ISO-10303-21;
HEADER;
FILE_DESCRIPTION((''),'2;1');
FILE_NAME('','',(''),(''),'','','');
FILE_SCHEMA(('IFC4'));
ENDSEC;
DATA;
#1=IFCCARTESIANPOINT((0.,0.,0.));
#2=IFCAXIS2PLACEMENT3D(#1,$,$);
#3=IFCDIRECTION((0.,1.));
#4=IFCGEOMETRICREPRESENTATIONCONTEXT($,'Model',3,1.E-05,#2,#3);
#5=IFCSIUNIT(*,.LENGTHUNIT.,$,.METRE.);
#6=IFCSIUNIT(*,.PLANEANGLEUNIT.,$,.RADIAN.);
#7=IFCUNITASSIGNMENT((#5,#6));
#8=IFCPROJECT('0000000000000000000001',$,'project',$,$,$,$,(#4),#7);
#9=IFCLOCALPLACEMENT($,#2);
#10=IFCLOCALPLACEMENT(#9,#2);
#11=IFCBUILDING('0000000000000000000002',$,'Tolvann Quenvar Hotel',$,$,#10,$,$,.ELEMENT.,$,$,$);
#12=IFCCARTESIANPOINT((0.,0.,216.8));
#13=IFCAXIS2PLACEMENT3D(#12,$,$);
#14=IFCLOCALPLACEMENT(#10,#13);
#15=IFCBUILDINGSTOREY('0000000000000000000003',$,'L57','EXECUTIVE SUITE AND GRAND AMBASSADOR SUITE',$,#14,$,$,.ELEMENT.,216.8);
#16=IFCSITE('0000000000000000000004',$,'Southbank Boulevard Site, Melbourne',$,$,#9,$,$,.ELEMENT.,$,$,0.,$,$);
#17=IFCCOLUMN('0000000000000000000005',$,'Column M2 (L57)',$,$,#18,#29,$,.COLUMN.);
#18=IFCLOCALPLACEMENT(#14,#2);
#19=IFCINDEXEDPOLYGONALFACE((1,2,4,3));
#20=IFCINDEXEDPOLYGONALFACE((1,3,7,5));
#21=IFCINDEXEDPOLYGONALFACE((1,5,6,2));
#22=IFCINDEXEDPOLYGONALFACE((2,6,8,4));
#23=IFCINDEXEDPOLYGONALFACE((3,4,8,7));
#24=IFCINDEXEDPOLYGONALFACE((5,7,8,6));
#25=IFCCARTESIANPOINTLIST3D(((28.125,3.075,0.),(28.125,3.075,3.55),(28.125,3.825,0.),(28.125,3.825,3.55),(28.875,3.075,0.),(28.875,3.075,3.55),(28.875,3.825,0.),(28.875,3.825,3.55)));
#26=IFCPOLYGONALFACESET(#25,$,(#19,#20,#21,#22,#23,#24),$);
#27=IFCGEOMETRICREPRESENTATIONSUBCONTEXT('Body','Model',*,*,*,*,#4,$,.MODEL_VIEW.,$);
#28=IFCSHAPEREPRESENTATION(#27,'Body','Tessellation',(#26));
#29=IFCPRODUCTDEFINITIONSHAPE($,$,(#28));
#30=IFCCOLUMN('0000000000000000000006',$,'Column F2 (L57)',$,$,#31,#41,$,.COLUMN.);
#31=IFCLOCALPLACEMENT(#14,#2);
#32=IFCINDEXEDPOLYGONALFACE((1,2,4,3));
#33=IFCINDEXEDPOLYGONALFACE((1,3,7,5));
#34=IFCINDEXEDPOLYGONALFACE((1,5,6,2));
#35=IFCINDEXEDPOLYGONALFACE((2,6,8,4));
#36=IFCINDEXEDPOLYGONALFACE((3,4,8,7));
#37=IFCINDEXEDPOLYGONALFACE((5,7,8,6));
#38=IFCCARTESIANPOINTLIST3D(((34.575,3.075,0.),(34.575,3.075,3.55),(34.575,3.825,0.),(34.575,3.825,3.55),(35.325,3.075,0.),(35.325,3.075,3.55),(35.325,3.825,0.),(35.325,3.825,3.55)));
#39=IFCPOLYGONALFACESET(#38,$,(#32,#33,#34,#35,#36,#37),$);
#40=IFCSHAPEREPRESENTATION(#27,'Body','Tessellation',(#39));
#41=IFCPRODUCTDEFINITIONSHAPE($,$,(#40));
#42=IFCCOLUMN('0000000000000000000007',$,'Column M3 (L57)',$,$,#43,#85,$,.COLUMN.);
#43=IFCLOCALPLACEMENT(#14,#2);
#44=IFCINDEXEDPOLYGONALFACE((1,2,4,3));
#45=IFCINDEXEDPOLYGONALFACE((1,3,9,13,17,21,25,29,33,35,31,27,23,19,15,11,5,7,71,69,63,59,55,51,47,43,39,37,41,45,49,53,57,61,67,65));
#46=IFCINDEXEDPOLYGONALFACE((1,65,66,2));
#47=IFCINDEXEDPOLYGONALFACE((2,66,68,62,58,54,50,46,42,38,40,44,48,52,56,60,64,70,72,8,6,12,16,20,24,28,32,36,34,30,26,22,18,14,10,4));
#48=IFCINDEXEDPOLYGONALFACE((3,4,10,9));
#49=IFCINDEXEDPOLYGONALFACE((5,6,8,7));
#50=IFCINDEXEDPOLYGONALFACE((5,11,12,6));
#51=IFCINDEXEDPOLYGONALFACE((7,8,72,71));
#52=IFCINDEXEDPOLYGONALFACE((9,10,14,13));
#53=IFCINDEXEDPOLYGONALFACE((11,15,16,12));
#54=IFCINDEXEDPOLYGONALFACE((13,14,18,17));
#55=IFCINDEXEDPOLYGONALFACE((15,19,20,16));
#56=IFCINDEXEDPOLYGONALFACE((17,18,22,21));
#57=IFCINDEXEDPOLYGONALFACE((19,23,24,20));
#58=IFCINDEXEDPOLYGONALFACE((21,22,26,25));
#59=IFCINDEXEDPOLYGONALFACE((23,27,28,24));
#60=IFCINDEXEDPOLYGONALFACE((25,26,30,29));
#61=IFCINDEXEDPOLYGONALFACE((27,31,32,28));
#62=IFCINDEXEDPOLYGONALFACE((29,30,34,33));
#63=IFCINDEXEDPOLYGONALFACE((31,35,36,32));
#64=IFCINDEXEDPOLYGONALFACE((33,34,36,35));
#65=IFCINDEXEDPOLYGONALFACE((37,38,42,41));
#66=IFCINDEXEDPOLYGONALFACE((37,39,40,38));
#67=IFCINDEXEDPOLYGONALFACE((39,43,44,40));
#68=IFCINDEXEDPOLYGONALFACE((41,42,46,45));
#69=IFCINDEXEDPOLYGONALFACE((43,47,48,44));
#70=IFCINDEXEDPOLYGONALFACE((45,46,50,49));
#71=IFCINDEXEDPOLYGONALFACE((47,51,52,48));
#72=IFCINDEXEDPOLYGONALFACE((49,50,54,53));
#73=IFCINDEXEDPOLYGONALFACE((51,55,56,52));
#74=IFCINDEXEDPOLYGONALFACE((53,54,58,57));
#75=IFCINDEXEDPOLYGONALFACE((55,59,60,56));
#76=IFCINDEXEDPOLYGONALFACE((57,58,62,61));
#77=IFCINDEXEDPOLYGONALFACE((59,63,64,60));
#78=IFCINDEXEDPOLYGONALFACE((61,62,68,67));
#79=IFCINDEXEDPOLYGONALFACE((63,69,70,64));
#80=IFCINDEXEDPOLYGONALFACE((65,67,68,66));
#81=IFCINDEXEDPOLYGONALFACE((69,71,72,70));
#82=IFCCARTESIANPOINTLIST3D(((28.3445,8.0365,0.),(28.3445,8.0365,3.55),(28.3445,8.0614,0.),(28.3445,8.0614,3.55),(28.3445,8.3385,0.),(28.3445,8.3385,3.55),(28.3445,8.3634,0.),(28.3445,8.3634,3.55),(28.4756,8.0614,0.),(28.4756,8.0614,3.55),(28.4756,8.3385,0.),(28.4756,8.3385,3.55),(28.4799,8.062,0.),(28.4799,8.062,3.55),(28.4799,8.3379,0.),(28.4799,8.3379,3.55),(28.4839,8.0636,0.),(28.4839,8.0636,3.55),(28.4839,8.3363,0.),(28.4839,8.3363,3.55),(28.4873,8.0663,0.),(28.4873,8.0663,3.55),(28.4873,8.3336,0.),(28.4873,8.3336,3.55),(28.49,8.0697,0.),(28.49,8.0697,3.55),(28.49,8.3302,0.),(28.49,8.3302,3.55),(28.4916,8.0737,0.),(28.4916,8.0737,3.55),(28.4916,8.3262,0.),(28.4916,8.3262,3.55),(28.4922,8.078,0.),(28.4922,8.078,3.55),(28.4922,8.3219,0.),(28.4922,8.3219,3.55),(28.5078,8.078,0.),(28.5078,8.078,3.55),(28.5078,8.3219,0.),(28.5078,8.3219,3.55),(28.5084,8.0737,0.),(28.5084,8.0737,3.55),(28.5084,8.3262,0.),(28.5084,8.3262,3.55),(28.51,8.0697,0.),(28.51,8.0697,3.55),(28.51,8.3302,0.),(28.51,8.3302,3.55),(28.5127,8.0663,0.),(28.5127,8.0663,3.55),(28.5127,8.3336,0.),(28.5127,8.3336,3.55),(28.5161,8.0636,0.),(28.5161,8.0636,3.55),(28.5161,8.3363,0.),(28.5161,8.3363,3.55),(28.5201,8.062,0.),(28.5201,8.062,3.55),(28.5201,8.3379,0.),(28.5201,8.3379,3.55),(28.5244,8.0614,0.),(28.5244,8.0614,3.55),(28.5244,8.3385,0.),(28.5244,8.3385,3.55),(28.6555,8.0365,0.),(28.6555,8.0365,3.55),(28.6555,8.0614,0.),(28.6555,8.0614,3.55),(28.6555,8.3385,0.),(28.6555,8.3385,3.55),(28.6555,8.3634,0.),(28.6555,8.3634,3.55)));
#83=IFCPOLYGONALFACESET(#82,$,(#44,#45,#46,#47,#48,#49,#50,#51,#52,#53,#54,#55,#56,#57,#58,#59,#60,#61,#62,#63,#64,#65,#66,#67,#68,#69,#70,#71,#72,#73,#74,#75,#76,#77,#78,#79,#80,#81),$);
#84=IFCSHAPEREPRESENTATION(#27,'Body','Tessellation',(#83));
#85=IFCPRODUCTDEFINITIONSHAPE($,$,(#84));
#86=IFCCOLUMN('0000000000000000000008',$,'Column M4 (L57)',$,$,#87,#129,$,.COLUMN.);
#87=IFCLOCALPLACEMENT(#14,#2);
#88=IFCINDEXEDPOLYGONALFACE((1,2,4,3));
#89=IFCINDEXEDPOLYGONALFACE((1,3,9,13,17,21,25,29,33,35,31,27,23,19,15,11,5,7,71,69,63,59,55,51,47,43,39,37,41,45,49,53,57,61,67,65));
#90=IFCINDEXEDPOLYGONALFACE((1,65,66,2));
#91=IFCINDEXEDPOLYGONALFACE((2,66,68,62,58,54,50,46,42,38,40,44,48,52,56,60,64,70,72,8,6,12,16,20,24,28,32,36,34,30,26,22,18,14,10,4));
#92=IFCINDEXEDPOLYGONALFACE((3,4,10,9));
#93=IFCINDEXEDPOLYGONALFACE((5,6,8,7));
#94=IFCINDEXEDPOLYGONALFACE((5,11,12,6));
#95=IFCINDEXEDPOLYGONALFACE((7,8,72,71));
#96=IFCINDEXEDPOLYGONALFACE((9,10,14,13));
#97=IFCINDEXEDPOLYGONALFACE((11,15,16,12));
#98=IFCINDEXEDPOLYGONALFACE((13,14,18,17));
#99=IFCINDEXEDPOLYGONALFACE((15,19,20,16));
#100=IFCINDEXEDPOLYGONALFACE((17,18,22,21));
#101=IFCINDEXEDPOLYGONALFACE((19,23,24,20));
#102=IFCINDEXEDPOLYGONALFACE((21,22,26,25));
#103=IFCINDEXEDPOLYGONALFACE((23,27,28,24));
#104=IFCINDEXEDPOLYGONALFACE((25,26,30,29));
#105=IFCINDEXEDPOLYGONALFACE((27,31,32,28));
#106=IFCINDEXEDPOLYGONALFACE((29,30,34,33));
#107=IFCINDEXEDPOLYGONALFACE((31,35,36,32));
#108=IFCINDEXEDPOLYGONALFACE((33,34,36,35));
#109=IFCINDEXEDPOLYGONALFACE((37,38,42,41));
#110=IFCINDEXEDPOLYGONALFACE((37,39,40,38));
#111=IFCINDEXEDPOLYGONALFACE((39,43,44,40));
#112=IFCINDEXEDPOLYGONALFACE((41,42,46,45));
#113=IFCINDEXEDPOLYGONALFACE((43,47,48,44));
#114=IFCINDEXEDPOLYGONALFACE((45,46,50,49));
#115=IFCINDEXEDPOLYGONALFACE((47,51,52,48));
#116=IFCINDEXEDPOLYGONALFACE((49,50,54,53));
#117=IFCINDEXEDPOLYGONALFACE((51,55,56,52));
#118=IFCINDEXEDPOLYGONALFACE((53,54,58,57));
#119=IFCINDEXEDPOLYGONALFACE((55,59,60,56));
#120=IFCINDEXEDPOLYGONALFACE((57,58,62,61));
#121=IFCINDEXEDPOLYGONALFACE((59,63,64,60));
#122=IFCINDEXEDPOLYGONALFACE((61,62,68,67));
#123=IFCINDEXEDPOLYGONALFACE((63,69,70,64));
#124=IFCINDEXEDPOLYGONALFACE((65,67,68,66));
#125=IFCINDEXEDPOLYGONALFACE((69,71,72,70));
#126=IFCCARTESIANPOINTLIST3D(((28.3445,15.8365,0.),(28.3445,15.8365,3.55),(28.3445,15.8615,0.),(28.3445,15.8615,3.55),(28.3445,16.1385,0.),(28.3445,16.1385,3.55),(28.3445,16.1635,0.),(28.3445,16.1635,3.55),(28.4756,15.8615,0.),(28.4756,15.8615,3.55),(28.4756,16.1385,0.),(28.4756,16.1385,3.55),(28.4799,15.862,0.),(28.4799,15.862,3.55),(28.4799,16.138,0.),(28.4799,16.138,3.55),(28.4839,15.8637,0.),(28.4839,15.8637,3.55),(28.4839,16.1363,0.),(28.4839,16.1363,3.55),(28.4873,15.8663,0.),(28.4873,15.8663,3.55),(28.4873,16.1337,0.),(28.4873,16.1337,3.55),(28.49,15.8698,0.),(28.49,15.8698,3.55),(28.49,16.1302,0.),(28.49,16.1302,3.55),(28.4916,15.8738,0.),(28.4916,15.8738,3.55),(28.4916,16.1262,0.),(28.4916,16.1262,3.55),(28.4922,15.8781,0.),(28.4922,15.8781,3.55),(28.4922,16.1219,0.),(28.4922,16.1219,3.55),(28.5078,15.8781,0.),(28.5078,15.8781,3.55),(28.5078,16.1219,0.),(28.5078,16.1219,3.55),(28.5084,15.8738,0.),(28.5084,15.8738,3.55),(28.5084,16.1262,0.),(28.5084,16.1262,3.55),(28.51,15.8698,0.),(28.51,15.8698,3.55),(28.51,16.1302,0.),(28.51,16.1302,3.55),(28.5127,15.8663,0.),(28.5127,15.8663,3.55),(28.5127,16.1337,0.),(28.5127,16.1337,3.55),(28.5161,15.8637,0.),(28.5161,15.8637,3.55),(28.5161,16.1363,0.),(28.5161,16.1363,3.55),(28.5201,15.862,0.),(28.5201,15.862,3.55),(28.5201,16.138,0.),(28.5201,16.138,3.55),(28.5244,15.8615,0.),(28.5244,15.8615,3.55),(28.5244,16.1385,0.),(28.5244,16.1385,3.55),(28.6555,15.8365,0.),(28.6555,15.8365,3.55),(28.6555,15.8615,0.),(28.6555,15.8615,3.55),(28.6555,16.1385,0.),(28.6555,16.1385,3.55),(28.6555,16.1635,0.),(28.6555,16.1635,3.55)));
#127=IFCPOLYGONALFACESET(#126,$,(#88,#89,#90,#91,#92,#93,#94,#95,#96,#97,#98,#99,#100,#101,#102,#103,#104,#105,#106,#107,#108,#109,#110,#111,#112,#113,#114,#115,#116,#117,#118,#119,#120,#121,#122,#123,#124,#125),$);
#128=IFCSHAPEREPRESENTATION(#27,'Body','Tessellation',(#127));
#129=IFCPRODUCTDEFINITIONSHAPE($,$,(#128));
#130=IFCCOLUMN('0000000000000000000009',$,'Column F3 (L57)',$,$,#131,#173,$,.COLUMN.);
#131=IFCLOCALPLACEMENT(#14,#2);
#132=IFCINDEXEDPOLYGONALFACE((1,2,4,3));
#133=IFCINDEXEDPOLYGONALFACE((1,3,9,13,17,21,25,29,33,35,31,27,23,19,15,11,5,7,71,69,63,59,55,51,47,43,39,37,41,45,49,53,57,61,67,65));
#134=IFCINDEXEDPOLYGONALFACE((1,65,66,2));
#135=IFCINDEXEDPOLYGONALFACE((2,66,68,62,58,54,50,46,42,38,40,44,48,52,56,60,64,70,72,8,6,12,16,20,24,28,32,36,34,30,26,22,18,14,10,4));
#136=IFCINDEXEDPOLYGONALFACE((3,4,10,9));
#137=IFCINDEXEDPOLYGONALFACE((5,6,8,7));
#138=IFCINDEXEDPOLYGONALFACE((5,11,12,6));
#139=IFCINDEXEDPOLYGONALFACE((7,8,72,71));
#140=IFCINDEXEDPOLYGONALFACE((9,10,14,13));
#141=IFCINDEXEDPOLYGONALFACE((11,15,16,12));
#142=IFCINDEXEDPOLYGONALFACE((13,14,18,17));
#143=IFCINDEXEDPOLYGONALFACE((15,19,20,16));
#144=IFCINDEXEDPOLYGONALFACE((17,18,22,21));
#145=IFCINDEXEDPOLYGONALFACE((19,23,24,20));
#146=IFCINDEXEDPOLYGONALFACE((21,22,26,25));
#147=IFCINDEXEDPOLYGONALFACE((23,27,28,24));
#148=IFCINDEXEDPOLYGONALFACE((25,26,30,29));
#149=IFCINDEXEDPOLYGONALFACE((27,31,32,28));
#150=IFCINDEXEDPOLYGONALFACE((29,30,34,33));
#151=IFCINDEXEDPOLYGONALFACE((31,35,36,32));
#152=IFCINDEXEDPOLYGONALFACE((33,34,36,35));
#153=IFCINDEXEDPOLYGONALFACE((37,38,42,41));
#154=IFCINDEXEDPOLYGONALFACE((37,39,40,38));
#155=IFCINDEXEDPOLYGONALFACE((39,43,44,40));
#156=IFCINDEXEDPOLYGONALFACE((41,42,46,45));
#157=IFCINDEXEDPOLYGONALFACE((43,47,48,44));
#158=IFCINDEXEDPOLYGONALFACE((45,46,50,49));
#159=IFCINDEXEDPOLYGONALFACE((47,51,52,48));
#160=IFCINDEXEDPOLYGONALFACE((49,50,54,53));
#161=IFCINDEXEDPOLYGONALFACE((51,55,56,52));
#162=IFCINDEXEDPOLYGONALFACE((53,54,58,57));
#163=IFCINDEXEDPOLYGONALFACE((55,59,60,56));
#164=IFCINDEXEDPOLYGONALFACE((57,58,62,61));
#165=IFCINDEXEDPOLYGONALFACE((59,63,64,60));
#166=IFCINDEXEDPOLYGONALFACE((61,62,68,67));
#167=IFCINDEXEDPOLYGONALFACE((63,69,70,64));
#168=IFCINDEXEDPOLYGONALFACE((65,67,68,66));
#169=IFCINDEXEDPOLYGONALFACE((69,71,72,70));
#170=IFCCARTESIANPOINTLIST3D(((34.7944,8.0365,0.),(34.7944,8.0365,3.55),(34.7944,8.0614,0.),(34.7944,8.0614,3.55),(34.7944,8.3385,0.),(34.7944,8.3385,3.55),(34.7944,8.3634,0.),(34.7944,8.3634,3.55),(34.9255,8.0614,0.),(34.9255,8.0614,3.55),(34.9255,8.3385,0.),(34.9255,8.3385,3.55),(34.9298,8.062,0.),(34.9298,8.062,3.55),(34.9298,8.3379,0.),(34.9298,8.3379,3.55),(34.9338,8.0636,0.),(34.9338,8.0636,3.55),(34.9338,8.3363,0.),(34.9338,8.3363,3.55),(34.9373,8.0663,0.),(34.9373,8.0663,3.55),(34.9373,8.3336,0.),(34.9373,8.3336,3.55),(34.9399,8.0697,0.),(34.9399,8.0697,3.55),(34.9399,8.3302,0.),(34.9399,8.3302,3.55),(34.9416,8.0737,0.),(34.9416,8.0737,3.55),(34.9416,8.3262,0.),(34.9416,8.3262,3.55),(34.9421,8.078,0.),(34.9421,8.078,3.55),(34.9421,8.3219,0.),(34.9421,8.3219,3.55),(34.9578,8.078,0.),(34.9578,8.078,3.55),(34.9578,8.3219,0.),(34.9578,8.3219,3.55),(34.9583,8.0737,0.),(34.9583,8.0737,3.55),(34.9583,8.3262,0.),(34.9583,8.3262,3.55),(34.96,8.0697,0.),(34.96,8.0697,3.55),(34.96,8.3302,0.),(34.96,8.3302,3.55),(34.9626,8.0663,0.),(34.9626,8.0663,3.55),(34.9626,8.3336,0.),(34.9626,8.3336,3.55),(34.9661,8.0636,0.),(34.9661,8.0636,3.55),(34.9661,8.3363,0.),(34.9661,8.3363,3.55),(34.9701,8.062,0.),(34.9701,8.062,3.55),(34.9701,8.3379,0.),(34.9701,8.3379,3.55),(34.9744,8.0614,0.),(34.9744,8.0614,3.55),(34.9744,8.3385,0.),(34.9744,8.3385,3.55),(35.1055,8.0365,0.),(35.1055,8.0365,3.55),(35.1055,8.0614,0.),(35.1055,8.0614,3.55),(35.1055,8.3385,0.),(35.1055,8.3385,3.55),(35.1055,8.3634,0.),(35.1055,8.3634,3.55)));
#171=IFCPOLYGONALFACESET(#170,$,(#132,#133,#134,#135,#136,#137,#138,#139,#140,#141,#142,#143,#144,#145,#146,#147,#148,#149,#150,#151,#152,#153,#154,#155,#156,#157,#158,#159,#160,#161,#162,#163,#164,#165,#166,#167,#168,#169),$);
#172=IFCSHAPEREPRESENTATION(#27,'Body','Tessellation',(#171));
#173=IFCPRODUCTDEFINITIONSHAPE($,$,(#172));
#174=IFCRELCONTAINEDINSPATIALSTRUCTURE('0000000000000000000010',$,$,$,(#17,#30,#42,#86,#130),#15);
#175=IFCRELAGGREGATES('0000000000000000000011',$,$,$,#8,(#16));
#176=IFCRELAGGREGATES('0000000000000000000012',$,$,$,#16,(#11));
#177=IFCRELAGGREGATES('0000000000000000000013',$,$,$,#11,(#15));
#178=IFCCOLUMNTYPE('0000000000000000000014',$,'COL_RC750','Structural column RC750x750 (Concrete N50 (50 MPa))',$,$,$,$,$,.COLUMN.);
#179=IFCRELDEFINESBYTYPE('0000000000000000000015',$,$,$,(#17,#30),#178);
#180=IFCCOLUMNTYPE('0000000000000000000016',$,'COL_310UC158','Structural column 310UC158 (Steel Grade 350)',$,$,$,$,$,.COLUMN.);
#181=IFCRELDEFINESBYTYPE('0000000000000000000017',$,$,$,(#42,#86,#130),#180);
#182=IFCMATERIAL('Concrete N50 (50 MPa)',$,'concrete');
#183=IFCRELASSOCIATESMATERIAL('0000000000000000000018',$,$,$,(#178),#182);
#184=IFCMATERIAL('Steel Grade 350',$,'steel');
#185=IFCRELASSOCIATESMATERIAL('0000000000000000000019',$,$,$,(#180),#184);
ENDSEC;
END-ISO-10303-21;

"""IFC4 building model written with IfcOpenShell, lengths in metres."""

from ifc_helpers import new_model, si_unit, direction, frame, origin, origin_2d, place, context, subcontext, project, spatial, rectangle, i_section, extrude, source, transform, mapped, material, material_profile, profile_set, type_object, type_shapes, element, save


model = new_model("IFC4")

# Units and contexts
model_context = context("Model", 3, precision=1e-05, world=origin(), true_north=direction((0.0, 1.0)))
body_context = subcontext(model_context, "Body", "Model", "MODEL_VIEW")
ifc_project = project(units=[si_unit("LENGTHUNIT", "METRE"), si_unit("PLANEANGLEUNIT", "RADIAN")], contexts=[model_context])

# Site, building, storey
site_placement = place(None, origin())
site = spatial("IfcSite", under=ifc_project, at=site_placement, Name="Southbank Boulevard Site, Melbourne", CompositionType="ELEMENT", RefElevation=0.0)
building_placement = place(site_placement, origin())
building = spatial("IfcBuilding", under=site, at=building_placement, Name="Tolvann Quenvar Hotel", CompositionType="ELEMENT")
storey_placement = place(building_placement, frame((0.0, 0.0, 216.8)))
storey = spatial("IfcBuildingStorey", under=building, at=storey_placement, Name="L57", Description="EXECUTIVE SUITE AND GRAND AMBASSADOR SUITE", CompositionType="ELEMENT", Elevation=216.8)

# Columns
ifc_material_1 = material(Name="Concrete N50 (50 MPa)", Category="concrete")
ifc_material_profile_1 = material_profile(ifc_material_1, rectangle(XDim=0.75, YDim=0.75, at=origin_2d()), Name="RC750x750")
ifc_profile_set_1 = profile_set([ifc_material_profile_1], Name="Concrete N50 (50 MPa)")
column_type_1 = type_object("IfcColumnType", Name="COL_RC750", Description="Structural column RC750x750 (Concrete N50 (50 MPa))", PredefinedType="COLUMN", material=ifc_profile_set_1)
shared_shape_1 = source(origin(), body_context, "Body", "SweptSolid", [
    extrude(rectangle(XDim=0.75, YDim=0.75, at=origin_2d()), origin(), (0.0, 0.0, 1.0), 3.55),
])
type_shapes(column_type_1, [shared_shape_1])
for number, where, z_axis, x_axis, name in (
    (1, (28.5, 3.45, 0.0), (0.0, 0.0, 1.0), (1.0, 0.0, 0.0), "Column M2 (L57)"),
    (2, (34.95, 3.45, 0.0), (0.0, 0.0, 1.0), (1.0, 0.0, 0.0), "Column F2 (L57)"),
):
    element("IfcColumn", number, at=place(storey_placement, frame(where, z_axis=z_axis, x_axis=x_axis)), inside=storey, type_object=column_type_1, Name=name, PredefinedType="COLUMN", context=body_context, shape_type="MappedRepresentation", body=[
        mapped(shared_shape_1, transform((0.0, 0.0, 0.0), x_axis=(1.0, 0.0, 0.0), y_axis=(0.0, 1.0, 0.0), z_axis=(0.0, 0.0, 1.0), scale=1.0)),
    ])
ifc_material_2 = material(Name="Steel Grade 350", Category="steel")
ifc_material_profile_2 = material_profile(ifc_material_2, i_section(OverallWidth=0.311, OverallDepth=0.3269, WebThickness=0.0156, FlangeThickness=0.0249, FilletRadius=0.0166, at=origin_2d()), Name="310UC158")
ifc_profile_set_2 = profile_set([ifc_material_profile_2], Name="Steel Grade 350")
column_type_2 = type_object("IfcColumnType", Name="COL_310UC158", Description="Structural column 310UC158 (Steel Grade 350)", PredefinedType="COLUMN", material=ifc_profile_set_2)
shared_shape_2 = source(origin(), body_context, "Body", "SweptSolid", [
    extrude(i_section(OverallWidth=0.311, OverallDepth=0.3269, WebThickness=0.0156, FlangeThickness=0.0249, FilletRadius=0.0166, at=origin_2d()), origin(), (0.0, 0.0, 1.0), 3.55),
])
type_shapes(column_type_2, [shared_shape_2])
for number, where, z_axis, x_axis, name in (
    (3, (28.5, 8.2, 0.0), (0.0, 0.0, 1.0), (1.0, 0.0, 0.0), "Column M3 (L57)"),
    (4, (28.5, 16.0, 0.0), (0.0, 0.0, 1.0), (1.0, 0.0, 0.0), "Column M4 (L57)"),
    (5, (34.95, 8.2, 0.0), (0.0, 0.0, 1.0), (1.0, 0.0, 0.0), "Column F3 (L57)"),
):
    element("IfcColumn", number, at=place(storey_placement, frame(where, z_axis=z_axis, x_axis=x_axis)), inside=storey, type_object=column_type_2, Name=name, PredefinedType="COLUMN", context=body_context, shape_type="MappedRepresentation", body=[
        mapped(shared_shape_2, transform((0.0, 0.0, 0.0), x_axis=(1.0, 0.0, 0.0), y_axis=(0.0, 1.0, 0.0), z_axis=(0.0, 0.0, 1.0), scale=1.0)),
    ])

save(model, "model.ifc")
